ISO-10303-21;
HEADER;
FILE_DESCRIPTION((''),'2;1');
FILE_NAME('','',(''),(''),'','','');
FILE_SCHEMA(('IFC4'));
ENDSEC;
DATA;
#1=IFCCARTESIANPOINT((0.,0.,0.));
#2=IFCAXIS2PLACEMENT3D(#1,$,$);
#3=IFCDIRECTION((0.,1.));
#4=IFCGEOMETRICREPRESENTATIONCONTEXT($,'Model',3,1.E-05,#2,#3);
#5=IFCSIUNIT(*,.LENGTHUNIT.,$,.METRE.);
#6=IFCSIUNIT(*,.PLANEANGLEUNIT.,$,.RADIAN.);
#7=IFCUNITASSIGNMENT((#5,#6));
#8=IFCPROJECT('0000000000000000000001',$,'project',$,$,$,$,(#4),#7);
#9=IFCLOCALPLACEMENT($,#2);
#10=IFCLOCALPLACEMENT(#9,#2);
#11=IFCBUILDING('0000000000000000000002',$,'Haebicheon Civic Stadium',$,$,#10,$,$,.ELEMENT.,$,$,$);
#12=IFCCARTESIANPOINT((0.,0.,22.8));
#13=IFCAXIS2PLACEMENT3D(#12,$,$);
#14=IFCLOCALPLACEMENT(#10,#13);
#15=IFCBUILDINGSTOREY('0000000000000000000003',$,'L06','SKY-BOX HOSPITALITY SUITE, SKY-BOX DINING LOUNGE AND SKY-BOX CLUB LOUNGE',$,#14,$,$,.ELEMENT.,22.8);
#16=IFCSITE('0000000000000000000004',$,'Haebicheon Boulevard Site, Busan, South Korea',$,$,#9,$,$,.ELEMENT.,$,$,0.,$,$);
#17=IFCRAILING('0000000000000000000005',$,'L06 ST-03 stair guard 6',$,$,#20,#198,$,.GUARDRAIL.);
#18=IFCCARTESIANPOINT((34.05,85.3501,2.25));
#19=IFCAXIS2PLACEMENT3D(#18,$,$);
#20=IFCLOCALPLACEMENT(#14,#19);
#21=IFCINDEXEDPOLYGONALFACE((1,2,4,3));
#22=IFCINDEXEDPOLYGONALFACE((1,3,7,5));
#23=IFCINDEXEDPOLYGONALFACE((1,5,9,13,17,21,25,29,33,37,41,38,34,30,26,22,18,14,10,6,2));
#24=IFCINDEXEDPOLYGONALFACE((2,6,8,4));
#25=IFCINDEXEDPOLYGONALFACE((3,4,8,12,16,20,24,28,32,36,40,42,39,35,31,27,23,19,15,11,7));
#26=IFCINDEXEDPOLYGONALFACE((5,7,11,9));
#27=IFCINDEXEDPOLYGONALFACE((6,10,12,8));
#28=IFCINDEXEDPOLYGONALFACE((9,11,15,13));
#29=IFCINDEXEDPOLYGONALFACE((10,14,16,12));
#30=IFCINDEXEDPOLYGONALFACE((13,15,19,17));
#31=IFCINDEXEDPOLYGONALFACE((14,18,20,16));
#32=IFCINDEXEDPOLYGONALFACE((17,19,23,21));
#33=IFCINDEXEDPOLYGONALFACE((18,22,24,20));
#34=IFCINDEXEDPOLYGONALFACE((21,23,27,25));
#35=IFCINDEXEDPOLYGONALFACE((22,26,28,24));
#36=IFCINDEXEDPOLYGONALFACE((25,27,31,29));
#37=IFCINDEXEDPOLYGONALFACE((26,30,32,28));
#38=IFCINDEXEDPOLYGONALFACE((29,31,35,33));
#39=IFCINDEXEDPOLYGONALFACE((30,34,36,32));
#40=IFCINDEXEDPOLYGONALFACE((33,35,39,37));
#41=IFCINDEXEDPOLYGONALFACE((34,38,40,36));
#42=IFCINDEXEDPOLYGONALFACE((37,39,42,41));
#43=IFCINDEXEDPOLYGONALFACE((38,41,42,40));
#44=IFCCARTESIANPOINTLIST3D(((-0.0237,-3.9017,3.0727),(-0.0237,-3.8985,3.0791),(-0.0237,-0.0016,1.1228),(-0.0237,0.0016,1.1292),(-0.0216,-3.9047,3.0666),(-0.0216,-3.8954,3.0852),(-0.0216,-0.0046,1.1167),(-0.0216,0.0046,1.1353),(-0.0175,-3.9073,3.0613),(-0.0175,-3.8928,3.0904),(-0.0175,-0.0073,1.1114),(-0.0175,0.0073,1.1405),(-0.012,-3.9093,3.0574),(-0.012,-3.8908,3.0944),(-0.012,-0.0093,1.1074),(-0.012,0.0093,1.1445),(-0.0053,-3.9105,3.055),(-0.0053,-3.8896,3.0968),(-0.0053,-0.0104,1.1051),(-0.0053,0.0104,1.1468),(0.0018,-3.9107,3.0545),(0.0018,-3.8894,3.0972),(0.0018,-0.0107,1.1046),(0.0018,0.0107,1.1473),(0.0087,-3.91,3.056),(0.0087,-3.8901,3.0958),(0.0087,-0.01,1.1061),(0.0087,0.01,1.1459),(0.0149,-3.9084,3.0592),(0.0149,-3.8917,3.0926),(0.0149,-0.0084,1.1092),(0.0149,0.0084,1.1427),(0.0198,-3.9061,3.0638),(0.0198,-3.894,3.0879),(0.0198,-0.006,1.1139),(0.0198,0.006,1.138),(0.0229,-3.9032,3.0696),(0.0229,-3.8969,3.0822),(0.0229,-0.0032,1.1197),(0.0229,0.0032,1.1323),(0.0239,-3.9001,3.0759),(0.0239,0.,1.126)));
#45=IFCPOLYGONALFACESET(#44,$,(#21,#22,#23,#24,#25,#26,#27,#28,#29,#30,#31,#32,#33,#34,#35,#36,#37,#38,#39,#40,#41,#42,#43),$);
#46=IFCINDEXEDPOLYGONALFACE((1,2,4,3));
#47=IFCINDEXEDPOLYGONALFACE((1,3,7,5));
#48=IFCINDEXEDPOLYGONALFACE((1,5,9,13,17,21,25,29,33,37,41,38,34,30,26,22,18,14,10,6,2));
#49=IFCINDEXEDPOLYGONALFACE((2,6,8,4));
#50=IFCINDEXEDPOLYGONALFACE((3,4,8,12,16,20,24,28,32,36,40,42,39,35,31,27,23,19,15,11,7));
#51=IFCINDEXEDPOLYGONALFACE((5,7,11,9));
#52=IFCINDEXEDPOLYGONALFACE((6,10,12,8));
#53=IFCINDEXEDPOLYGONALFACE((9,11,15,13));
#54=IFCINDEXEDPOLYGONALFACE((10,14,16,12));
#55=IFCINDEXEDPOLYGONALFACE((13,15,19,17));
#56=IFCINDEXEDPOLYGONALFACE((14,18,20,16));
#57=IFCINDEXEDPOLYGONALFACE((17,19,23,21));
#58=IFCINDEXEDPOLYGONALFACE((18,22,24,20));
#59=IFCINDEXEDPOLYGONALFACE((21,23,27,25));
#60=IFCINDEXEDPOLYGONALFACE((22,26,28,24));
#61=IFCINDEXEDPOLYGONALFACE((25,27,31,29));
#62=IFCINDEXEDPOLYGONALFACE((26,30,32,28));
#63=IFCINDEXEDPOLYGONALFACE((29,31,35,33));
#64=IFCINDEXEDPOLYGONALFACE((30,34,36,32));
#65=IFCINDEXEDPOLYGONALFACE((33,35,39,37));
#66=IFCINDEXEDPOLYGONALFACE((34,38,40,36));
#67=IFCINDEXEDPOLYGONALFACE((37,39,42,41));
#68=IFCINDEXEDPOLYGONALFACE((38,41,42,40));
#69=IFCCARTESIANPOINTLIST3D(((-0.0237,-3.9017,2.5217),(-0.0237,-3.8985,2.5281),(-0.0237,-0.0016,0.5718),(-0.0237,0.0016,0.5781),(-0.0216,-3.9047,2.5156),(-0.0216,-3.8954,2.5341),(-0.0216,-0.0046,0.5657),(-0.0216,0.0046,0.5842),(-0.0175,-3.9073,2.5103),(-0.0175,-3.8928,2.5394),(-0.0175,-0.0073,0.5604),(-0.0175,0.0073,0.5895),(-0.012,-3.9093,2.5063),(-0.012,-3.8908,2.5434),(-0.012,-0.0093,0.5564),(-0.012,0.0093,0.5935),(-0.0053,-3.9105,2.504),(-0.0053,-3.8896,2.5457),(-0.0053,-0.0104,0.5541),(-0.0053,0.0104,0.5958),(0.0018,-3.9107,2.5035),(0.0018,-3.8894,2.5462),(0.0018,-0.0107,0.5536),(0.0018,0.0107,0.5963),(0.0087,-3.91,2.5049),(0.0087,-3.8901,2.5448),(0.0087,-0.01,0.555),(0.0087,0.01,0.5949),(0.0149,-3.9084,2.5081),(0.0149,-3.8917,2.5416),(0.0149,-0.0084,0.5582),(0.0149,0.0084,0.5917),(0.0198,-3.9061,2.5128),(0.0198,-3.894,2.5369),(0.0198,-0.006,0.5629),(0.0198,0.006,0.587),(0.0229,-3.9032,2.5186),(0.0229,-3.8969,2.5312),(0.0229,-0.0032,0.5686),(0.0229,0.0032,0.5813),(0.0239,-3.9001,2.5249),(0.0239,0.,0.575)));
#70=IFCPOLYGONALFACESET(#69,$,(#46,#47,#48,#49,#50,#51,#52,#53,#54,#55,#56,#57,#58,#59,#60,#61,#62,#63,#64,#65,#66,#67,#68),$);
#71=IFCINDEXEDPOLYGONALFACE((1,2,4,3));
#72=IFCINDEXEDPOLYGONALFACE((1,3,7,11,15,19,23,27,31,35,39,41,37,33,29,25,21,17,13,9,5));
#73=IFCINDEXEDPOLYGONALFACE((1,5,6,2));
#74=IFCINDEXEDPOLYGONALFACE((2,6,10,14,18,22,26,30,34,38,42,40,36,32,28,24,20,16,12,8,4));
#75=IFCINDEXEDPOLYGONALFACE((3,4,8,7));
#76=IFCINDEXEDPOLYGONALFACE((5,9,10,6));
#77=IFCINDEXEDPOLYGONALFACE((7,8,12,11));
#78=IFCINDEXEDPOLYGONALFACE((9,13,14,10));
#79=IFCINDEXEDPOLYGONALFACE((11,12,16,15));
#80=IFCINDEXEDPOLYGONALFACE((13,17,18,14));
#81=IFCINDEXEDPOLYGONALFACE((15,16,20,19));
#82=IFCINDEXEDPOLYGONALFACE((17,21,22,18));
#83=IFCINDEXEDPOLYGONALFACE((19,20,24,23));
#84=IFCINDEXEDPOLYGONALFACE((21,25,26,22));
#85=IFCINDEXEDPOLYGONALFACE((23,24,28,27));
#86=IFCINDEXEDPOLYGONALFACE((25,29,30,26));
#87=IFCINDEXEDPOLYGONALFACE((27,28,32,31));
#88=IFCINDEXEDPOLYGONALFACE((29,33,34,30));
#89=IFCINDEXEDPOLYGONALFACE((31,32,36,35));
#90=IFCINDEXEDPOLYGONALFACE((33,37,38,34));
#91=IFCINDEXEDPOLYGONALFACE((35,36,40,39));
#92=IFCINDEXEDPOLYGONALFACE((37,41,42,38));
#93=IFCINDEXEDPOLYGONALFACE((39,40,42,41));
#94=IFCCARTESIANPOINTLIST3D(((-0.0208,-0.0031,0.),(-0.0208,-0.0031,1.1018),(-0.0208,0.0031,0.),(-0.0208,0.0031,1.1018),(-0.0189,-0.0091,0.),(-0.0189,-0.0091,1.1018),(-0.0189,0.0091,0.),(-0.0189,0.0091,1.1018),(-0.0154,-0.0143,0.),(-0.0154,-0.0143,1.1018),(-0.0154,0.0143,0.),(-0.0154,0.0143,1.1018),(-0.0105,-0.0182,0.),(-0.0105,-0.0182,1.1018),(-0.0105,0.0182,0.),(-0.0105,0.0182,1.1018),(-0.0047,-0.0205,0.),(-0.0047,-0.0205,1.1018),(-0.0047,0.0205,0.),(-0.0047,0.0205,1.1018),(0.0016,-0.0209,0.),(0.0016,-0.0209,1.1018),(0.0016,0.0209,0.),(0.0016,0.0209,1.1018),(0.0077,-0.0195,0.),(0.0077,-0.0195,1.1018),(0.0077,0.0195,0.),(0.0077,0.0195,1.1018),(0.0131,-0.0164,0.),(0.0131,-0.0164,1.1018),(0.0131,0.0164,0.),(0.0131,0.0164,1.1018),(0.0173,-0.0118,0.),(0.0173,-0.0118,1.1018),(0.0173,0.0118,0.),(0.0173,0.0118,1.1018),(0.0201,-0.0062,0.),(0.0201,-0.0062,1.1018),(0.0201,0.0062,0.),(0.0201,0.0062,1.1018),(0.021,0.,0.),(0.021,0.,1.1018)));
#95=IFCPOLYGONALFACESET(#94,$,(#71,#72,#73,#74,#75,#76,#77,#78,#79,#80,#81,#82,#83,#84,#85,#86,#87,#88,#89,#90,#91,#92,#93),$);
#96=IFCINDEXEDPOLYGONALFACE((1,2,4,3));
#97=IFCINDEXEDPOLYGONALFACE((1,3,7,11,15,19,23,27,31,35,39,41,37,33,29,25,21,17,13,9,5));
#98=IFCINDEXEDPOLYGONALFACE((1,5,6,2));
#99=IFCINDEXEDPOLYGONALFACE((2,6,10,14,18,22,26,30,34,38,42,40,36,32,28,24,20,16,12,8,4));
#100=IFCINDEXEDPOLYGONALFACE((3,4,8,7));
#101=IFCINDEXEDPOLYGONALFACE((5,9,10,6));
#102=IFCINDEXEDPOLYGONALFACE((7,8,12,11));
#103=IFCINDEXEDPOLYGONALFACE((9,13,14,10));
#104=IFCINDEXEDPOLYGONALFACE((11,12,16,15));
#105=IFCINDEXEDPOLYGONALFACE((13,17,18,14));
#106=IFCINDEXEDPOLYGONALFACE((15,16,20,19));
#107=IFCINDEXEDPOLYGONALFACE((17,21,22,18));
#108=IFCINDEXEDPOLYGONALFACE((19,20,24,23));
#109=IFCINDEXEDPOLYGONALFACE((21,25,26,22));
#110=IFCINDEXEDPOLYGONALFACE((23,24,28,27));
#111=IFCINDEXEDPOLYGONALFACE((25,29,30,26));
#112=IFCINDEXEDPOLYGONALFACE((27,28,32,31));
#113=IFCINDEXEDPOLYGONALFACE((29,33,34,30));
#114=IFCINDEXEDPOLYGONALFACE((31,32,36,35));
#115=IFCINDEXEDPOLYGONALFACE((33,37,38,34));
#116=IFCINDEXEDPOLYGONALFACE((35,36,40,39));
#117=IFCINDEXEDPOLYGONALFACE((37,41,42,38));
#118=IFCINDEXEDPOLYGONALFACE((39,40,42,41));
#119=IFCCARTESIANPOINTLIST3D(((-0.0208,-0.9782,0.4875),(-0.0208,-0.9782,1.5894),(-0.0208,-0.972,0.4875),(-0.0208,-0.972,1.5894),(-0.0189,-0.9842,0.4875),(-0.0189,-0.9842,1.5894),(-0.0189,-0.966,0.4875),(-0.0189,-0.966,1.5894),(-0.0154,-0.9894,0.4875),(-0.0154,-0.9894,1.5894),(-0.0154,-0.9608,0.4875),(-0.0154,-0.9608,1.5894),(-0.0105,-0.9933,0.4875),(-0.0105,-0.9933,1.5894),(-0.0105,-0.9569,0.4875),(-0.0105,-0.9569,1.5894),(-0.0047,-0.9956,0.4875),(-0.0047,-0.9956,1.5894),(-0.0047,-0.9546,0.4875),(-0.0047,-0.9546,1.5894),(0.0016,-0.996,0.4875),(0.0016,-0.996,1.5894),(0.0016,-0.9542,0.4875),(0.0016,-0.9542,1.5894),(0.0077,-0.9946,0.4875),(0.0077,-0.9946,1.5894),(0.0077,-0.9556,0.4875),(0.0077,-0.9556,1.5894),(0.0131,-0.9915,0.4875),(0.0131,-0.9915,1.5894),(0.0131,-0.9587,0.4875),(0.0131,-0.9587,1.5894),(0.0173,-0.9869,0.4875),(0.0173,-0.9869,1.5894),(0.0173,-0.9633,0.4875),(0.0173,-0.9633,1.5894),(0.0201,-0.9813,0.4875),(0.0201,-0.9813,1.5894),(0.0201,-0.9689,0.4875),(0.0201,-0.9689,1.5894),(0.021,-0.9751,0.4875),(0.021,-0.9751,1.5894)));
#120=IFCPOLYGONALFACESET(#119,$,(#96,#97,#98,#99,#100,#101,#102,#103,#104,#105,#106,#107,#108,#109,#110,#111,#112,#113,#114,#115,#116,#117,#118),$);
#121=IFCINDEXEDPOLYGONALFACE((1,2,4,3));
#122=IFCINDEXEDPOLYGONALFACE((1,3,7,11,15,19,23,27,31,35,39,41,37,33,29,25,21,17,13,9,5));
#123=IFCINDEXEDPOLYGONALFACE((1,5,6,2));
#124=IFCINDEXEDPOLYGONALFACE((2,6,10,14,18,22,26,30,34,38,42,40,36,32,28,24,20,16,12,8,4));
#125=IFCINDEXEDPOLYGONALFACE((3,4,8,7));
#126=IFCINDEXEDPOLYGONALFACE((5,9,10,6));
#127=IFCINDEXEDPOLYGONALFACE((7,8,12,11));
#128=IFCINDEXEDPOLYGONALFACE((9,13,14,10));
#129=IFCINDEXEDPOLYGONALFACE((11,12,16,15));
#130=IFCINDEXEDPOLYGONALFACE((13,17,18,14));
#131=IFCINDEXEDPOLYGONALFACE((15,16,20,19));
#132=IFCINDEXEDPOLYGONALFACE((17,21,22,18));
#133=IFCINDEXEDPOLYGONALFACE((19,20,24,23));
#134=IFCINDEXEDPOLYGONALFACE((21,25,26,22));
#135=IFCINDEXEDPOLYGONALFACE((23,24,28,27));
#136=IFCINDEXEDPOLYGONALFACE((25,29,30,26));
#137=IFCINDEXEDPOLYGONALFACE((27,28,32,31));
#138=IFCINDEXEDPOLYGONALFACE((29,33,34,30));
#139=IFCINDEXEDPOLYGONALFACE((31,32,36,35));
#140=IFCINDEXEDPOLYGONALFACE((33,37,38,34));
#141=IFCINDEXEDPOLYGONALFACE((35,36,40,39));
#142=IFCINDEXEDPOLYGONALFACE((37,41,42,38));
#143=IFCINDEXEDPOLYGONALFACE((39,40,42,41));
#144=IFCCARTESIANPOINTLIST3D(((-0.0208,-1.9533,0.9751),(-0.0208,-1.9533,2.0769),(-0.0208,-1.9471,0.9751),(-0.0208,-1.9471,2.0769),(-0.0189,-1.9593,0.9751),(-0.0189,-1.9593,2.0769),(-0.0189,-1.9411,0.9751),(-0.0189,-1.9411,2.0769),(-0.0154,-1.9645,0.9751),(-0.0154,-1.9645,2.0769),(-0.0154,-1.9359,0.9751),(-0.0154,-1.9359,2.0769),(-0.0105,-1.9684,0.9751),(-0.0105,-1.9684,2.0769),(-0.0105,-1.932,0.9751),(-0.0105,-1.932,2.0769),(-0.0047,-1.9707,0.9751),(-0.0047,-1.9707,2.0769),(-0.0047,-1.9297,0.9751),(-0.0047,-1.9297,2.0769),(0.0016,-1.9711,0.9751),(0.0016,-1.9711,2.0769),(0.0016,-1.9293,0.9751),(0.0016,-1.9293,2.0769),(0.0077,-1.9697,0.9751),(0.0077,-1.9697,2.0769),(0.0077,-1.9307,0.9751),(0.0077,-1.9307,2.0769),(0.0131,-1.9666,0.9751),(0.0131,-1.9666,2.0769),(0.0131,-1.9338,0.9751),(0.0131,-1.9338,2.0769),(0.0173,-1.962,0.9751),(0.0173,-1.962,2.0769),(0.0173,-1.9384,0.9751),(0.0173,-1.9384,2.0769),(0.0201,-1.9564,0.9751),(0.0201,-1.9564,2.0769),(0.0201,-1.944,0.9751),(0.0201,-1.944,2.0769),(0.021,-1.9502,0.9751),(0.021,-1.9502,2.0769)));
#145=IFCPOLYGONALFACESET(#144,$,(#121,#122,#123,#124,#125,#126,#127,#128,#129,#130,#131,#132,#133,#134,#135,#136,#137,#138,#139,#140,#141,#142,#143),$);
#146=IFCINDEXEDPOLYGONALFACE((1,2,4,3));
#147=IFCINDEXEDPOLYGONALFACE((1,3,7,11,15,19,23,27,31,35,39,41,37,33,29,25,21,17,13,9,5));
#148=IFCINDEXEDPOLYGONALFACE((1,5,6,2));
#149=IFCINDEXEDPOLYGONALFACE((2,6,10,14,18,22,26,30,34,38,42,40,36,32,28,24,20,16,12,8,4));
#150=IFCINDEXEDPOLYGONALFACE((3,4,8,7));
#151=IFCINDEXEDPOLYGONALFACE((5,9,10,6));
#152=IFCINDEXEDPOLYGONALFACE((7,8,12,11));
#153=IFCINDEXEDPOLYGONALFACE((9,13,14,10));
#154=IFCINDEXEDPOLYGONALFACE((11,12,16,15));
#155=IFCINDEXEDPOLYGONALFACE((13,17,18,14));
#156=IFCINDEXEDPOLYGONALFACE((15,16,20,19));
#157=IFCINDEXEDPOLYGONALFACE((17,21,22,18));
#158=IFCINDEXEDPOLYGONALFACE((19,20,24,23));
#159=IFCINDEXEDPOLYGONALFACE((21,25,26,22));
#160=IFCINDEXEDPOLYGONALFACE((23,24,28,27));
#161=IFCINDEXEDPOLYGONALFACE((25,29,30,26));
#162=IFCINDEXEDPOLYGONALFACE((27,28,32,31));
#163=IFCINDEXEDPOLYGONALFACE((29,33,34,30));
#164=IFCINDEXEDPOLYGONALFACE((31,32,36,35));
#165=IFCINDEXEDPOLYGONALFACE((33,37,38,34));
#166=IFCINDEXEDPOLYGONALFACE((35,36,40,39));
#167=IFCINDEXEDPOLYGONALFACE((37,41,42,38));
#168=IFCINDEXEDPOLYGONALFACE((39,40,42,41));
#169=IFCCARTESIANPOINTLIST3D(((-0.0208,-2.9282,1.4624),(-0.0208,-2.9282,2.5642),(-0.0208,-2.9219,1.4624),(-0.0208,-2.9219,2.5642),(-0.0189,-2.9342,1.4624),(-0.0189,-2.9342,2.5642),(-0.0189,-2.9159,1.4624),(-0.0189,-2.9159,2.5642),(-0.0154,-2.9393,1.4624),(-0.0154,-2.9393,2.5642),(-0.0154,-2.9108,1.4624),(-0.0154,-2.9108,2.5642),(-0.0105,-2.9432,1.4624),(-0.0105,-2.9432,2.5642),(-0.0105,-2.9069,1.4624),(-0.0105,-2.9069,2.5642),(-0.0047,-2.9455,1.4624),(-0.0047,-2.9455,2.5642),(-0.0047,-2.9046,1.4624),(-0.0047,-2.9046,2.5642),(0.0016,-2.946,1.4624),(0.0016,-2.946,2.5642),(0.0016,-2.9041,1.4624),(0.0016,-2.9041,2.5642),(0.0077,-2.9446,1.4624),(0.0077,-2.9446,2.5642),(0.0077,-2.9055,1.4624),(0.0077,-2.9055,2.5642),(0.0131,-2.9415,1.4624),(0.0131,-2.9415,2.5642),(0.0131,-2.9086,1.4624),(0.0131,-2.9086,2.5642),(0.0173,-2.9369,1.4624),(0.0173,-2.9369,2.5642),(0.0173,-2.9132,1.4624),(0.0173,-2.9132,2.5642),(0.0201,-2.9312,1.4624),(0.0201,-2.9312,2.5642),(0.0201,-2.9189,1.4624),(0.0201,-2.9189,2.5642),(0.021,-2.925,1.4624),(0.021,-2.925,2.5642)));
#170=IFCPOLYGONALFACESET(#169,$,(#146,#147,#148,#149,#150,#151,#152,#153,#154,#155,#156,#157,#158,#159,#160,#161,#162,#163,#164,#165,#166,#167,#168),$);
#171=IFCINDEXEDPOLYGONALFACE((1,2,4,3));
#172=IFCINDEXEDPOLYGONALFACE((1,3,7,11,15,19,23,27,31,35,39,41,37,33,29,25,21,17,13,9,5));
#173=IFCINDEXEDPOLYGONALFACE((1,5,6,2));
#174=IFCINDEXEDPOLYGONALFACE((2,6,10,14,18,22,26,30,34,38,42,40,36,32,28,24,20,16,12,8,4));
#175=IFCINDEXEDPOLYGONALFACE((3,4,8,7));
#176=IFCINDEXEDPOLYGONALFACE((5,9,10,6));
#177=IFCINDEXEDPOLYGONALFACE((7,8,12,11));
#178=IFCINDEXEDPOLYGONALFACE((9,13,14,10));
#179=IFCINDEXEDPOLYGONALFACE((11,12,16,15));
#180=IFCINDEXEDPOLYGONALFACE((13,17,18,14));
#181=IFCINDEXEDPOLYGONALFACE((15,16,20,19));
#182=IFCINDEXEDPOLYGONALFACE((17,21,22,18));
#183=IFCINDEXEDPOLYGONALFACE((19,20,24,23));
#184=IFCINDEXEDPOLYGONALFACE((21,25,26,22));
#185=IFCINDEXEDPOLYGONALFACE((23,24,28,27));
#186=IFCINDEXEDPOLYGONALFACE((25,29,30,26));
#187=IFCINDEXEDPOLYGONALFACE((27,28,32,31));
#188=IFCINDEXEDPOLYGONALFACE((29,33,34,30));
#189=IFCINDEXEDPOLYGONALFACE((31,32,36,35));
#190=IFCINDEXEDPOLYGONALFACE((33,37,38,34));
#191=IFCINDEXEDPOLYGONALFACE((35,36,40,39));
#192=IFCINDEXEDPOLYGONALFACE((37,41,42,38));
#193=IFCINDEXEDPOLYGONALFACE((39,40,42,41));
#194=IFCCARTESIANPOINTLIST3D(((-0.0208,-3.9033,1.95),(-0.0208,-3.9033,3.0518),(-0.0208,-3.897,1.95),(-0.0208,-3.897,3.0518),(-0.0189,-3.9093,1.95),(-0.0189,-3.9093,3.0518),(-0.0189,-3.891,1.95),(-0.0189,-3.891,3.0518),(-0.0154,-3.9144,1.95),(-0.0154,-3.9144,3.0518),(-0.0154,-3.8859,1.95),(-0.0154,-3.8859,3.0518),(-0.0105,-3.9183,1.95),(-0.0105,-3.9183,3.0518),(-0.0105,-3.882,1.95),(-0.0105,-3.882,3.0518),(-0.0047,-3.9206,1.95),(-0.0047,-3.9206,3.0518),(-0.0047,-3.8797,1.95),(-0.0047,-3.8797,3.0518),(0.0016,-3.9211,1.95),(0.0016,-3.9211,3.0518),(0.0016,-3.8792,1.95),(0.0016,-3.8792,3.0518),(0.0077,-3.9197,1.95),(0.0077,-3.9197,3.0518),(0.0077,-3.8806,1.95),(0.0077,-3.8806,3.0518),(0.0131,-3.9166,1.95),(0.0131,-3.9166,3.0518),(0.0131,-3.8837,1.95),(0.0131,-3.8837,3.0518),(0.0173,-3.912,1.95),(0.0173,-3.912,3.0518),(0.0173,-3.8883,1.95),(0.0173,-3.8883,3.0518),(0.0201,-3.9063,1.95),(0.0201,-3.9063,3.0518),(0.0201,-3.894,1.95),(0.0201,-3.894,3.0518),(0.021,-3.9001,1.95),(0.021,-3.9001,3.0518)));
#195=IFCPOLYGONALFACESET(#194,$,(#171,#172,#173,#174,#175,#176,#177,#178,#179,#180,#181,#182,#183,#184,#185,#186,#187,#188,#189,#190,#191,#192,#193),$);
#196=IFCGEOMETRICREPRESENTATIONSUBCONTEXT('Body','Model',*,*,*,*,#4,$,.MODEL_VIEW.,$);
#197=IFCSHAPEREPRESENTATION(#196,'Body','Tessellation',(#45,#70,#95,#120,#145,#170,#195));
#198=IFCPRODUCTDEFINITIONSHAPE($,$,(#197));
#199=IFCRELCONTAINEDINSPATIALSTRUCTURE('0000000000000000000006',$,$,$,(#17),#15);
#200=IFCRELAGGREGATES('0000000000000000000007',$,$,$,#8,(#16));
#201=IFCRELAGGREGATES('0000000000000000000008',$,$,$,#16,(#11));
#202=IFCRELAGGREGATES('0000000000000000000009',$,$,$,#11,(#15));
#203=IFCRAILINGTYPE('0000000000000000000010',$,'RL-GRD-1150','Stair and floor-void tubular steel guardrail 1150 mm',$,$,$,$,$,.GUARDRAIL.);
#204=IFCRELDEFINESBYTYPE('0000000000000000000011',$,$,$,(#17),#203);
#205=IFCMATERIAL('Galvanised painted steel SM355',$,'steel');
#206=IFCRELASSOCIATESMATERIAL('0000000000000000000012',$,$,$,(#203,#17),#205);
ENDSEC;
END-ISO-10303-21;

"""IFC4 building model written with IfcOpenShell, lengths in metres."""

from ifc_helpers import new_model, si_unit, direction, frame, origin, origin_2d, place, context, subcontext, project, spatial, circle, extrude, material, type_object, element, save


model = new_model("IFC4")

# Units and contexts
model_context = context("Model", 3, precision=1e-05, world=origin(), true_north=direction((0.0, 1.0)))
body_context = subcontext(model_context, "Body", "Model", "MODEL_VIEW")
ifc_project = project(units=[si_unit("LENGTHUNIT", "METRE"), si_unit("PLANEANGLEUNIT", "RADIAN")], contexts=[model_context])

# Site, building, storey
site_placement = place(None, origin())
site = spatial("IfcSite", under=ifc_project, at=site_placement, Name="Haebicheon Boulevard Site, Busan, South Korea", CompositionType="ELEMENT", RefElevation=0.0)
building_placement = place(site_placement, origin())
building = spatial("IfcBuilding", under=site, at=building_placement, Name="Haebicheon Civic Stadium", CompositionType="ELEMENT")
storey_placement = place(building_placement, frame((0.0, 0.0, 22.8)))
storey = spatial("IfcBuildingStorey", under=building, at=storey_placement, Name="L06", Description="SKY-BOX HOSPITALITY SUITE, SKY-BOX DINING LOUNGE AND SKY-BOX CLUB LOUNGE", CompositionType="ELEMENT", Elevation=22.8)

# Railing
ifc_material_1 = material(Name="Galvanised painted steel SM355", Category="steel")
railing_type_1 = type_object("IfcRailingType", Name="RL-GRD-1150", Description="Stair and floor-void tubular steel guardrail 1150 mm", PredefinedType="GUARDRAIL", material=ifc_material_1)
railing_1_placement = place(storey_placement, frame((34.05, 85.3501, 2.25)))
element("IfcRailing", 1, at=railing_1_placement, inside=storey, type_object=railing_type_1, material=ifc_material_1, Name="L06 ST-03 stair guard 6", PredefinedType="GUARDRAIL", context=body_context, shape_type="SweptSolid", body=[
    extrude(circle(Radius=0.0239, at=origin_2d()), frame((0.0, 0.0, 1.126), z_axis=(0.0, -0.894438, 0.447191), x_axis=(1.0, 0.0, 0.0)), (0.0, 0.0, 1.0), 4.3604),
    extrude(circle(Radius=0.0239, at=origin_2d()), frame((0.0, 0.0, 0.575), z_axis=(0.0, -0.894438, 0.447191), x_axis=(1.0, 0.0, 0.0)), (0.0, 0.0, 1.0), 4.3604),
    extrude(circle(Radius=0.021, at=origin_2d()), origin(), (0.0, 0.0, 1.0), 1.1018),
    extrude(circle(Radius=0.021, at=origin_2d()), frame((0.0, -0.9751, 0.4875)), (0.0, 0.0, 1.0), 1.1018),
    extrude(circle(Radius=0.021, at=origin_2d()), frame((0.0, -1.9502, 0.9751)), (0.0, 0.0, 1.0), 1.1018),
    extrude(circle(Radius=0.021, at=origin_2d()), frame((0.0, -2.925, 1.4624)), (0.0, 0.0, 1.0), 1.1018),
    extrude(circle(Radius=0.021, at=origin_2d()), frame((0.0, -3.9001, 1.95)), (0.0, 0.0, 1.0), 1.1018),
])

save(model, "model.ifc")
